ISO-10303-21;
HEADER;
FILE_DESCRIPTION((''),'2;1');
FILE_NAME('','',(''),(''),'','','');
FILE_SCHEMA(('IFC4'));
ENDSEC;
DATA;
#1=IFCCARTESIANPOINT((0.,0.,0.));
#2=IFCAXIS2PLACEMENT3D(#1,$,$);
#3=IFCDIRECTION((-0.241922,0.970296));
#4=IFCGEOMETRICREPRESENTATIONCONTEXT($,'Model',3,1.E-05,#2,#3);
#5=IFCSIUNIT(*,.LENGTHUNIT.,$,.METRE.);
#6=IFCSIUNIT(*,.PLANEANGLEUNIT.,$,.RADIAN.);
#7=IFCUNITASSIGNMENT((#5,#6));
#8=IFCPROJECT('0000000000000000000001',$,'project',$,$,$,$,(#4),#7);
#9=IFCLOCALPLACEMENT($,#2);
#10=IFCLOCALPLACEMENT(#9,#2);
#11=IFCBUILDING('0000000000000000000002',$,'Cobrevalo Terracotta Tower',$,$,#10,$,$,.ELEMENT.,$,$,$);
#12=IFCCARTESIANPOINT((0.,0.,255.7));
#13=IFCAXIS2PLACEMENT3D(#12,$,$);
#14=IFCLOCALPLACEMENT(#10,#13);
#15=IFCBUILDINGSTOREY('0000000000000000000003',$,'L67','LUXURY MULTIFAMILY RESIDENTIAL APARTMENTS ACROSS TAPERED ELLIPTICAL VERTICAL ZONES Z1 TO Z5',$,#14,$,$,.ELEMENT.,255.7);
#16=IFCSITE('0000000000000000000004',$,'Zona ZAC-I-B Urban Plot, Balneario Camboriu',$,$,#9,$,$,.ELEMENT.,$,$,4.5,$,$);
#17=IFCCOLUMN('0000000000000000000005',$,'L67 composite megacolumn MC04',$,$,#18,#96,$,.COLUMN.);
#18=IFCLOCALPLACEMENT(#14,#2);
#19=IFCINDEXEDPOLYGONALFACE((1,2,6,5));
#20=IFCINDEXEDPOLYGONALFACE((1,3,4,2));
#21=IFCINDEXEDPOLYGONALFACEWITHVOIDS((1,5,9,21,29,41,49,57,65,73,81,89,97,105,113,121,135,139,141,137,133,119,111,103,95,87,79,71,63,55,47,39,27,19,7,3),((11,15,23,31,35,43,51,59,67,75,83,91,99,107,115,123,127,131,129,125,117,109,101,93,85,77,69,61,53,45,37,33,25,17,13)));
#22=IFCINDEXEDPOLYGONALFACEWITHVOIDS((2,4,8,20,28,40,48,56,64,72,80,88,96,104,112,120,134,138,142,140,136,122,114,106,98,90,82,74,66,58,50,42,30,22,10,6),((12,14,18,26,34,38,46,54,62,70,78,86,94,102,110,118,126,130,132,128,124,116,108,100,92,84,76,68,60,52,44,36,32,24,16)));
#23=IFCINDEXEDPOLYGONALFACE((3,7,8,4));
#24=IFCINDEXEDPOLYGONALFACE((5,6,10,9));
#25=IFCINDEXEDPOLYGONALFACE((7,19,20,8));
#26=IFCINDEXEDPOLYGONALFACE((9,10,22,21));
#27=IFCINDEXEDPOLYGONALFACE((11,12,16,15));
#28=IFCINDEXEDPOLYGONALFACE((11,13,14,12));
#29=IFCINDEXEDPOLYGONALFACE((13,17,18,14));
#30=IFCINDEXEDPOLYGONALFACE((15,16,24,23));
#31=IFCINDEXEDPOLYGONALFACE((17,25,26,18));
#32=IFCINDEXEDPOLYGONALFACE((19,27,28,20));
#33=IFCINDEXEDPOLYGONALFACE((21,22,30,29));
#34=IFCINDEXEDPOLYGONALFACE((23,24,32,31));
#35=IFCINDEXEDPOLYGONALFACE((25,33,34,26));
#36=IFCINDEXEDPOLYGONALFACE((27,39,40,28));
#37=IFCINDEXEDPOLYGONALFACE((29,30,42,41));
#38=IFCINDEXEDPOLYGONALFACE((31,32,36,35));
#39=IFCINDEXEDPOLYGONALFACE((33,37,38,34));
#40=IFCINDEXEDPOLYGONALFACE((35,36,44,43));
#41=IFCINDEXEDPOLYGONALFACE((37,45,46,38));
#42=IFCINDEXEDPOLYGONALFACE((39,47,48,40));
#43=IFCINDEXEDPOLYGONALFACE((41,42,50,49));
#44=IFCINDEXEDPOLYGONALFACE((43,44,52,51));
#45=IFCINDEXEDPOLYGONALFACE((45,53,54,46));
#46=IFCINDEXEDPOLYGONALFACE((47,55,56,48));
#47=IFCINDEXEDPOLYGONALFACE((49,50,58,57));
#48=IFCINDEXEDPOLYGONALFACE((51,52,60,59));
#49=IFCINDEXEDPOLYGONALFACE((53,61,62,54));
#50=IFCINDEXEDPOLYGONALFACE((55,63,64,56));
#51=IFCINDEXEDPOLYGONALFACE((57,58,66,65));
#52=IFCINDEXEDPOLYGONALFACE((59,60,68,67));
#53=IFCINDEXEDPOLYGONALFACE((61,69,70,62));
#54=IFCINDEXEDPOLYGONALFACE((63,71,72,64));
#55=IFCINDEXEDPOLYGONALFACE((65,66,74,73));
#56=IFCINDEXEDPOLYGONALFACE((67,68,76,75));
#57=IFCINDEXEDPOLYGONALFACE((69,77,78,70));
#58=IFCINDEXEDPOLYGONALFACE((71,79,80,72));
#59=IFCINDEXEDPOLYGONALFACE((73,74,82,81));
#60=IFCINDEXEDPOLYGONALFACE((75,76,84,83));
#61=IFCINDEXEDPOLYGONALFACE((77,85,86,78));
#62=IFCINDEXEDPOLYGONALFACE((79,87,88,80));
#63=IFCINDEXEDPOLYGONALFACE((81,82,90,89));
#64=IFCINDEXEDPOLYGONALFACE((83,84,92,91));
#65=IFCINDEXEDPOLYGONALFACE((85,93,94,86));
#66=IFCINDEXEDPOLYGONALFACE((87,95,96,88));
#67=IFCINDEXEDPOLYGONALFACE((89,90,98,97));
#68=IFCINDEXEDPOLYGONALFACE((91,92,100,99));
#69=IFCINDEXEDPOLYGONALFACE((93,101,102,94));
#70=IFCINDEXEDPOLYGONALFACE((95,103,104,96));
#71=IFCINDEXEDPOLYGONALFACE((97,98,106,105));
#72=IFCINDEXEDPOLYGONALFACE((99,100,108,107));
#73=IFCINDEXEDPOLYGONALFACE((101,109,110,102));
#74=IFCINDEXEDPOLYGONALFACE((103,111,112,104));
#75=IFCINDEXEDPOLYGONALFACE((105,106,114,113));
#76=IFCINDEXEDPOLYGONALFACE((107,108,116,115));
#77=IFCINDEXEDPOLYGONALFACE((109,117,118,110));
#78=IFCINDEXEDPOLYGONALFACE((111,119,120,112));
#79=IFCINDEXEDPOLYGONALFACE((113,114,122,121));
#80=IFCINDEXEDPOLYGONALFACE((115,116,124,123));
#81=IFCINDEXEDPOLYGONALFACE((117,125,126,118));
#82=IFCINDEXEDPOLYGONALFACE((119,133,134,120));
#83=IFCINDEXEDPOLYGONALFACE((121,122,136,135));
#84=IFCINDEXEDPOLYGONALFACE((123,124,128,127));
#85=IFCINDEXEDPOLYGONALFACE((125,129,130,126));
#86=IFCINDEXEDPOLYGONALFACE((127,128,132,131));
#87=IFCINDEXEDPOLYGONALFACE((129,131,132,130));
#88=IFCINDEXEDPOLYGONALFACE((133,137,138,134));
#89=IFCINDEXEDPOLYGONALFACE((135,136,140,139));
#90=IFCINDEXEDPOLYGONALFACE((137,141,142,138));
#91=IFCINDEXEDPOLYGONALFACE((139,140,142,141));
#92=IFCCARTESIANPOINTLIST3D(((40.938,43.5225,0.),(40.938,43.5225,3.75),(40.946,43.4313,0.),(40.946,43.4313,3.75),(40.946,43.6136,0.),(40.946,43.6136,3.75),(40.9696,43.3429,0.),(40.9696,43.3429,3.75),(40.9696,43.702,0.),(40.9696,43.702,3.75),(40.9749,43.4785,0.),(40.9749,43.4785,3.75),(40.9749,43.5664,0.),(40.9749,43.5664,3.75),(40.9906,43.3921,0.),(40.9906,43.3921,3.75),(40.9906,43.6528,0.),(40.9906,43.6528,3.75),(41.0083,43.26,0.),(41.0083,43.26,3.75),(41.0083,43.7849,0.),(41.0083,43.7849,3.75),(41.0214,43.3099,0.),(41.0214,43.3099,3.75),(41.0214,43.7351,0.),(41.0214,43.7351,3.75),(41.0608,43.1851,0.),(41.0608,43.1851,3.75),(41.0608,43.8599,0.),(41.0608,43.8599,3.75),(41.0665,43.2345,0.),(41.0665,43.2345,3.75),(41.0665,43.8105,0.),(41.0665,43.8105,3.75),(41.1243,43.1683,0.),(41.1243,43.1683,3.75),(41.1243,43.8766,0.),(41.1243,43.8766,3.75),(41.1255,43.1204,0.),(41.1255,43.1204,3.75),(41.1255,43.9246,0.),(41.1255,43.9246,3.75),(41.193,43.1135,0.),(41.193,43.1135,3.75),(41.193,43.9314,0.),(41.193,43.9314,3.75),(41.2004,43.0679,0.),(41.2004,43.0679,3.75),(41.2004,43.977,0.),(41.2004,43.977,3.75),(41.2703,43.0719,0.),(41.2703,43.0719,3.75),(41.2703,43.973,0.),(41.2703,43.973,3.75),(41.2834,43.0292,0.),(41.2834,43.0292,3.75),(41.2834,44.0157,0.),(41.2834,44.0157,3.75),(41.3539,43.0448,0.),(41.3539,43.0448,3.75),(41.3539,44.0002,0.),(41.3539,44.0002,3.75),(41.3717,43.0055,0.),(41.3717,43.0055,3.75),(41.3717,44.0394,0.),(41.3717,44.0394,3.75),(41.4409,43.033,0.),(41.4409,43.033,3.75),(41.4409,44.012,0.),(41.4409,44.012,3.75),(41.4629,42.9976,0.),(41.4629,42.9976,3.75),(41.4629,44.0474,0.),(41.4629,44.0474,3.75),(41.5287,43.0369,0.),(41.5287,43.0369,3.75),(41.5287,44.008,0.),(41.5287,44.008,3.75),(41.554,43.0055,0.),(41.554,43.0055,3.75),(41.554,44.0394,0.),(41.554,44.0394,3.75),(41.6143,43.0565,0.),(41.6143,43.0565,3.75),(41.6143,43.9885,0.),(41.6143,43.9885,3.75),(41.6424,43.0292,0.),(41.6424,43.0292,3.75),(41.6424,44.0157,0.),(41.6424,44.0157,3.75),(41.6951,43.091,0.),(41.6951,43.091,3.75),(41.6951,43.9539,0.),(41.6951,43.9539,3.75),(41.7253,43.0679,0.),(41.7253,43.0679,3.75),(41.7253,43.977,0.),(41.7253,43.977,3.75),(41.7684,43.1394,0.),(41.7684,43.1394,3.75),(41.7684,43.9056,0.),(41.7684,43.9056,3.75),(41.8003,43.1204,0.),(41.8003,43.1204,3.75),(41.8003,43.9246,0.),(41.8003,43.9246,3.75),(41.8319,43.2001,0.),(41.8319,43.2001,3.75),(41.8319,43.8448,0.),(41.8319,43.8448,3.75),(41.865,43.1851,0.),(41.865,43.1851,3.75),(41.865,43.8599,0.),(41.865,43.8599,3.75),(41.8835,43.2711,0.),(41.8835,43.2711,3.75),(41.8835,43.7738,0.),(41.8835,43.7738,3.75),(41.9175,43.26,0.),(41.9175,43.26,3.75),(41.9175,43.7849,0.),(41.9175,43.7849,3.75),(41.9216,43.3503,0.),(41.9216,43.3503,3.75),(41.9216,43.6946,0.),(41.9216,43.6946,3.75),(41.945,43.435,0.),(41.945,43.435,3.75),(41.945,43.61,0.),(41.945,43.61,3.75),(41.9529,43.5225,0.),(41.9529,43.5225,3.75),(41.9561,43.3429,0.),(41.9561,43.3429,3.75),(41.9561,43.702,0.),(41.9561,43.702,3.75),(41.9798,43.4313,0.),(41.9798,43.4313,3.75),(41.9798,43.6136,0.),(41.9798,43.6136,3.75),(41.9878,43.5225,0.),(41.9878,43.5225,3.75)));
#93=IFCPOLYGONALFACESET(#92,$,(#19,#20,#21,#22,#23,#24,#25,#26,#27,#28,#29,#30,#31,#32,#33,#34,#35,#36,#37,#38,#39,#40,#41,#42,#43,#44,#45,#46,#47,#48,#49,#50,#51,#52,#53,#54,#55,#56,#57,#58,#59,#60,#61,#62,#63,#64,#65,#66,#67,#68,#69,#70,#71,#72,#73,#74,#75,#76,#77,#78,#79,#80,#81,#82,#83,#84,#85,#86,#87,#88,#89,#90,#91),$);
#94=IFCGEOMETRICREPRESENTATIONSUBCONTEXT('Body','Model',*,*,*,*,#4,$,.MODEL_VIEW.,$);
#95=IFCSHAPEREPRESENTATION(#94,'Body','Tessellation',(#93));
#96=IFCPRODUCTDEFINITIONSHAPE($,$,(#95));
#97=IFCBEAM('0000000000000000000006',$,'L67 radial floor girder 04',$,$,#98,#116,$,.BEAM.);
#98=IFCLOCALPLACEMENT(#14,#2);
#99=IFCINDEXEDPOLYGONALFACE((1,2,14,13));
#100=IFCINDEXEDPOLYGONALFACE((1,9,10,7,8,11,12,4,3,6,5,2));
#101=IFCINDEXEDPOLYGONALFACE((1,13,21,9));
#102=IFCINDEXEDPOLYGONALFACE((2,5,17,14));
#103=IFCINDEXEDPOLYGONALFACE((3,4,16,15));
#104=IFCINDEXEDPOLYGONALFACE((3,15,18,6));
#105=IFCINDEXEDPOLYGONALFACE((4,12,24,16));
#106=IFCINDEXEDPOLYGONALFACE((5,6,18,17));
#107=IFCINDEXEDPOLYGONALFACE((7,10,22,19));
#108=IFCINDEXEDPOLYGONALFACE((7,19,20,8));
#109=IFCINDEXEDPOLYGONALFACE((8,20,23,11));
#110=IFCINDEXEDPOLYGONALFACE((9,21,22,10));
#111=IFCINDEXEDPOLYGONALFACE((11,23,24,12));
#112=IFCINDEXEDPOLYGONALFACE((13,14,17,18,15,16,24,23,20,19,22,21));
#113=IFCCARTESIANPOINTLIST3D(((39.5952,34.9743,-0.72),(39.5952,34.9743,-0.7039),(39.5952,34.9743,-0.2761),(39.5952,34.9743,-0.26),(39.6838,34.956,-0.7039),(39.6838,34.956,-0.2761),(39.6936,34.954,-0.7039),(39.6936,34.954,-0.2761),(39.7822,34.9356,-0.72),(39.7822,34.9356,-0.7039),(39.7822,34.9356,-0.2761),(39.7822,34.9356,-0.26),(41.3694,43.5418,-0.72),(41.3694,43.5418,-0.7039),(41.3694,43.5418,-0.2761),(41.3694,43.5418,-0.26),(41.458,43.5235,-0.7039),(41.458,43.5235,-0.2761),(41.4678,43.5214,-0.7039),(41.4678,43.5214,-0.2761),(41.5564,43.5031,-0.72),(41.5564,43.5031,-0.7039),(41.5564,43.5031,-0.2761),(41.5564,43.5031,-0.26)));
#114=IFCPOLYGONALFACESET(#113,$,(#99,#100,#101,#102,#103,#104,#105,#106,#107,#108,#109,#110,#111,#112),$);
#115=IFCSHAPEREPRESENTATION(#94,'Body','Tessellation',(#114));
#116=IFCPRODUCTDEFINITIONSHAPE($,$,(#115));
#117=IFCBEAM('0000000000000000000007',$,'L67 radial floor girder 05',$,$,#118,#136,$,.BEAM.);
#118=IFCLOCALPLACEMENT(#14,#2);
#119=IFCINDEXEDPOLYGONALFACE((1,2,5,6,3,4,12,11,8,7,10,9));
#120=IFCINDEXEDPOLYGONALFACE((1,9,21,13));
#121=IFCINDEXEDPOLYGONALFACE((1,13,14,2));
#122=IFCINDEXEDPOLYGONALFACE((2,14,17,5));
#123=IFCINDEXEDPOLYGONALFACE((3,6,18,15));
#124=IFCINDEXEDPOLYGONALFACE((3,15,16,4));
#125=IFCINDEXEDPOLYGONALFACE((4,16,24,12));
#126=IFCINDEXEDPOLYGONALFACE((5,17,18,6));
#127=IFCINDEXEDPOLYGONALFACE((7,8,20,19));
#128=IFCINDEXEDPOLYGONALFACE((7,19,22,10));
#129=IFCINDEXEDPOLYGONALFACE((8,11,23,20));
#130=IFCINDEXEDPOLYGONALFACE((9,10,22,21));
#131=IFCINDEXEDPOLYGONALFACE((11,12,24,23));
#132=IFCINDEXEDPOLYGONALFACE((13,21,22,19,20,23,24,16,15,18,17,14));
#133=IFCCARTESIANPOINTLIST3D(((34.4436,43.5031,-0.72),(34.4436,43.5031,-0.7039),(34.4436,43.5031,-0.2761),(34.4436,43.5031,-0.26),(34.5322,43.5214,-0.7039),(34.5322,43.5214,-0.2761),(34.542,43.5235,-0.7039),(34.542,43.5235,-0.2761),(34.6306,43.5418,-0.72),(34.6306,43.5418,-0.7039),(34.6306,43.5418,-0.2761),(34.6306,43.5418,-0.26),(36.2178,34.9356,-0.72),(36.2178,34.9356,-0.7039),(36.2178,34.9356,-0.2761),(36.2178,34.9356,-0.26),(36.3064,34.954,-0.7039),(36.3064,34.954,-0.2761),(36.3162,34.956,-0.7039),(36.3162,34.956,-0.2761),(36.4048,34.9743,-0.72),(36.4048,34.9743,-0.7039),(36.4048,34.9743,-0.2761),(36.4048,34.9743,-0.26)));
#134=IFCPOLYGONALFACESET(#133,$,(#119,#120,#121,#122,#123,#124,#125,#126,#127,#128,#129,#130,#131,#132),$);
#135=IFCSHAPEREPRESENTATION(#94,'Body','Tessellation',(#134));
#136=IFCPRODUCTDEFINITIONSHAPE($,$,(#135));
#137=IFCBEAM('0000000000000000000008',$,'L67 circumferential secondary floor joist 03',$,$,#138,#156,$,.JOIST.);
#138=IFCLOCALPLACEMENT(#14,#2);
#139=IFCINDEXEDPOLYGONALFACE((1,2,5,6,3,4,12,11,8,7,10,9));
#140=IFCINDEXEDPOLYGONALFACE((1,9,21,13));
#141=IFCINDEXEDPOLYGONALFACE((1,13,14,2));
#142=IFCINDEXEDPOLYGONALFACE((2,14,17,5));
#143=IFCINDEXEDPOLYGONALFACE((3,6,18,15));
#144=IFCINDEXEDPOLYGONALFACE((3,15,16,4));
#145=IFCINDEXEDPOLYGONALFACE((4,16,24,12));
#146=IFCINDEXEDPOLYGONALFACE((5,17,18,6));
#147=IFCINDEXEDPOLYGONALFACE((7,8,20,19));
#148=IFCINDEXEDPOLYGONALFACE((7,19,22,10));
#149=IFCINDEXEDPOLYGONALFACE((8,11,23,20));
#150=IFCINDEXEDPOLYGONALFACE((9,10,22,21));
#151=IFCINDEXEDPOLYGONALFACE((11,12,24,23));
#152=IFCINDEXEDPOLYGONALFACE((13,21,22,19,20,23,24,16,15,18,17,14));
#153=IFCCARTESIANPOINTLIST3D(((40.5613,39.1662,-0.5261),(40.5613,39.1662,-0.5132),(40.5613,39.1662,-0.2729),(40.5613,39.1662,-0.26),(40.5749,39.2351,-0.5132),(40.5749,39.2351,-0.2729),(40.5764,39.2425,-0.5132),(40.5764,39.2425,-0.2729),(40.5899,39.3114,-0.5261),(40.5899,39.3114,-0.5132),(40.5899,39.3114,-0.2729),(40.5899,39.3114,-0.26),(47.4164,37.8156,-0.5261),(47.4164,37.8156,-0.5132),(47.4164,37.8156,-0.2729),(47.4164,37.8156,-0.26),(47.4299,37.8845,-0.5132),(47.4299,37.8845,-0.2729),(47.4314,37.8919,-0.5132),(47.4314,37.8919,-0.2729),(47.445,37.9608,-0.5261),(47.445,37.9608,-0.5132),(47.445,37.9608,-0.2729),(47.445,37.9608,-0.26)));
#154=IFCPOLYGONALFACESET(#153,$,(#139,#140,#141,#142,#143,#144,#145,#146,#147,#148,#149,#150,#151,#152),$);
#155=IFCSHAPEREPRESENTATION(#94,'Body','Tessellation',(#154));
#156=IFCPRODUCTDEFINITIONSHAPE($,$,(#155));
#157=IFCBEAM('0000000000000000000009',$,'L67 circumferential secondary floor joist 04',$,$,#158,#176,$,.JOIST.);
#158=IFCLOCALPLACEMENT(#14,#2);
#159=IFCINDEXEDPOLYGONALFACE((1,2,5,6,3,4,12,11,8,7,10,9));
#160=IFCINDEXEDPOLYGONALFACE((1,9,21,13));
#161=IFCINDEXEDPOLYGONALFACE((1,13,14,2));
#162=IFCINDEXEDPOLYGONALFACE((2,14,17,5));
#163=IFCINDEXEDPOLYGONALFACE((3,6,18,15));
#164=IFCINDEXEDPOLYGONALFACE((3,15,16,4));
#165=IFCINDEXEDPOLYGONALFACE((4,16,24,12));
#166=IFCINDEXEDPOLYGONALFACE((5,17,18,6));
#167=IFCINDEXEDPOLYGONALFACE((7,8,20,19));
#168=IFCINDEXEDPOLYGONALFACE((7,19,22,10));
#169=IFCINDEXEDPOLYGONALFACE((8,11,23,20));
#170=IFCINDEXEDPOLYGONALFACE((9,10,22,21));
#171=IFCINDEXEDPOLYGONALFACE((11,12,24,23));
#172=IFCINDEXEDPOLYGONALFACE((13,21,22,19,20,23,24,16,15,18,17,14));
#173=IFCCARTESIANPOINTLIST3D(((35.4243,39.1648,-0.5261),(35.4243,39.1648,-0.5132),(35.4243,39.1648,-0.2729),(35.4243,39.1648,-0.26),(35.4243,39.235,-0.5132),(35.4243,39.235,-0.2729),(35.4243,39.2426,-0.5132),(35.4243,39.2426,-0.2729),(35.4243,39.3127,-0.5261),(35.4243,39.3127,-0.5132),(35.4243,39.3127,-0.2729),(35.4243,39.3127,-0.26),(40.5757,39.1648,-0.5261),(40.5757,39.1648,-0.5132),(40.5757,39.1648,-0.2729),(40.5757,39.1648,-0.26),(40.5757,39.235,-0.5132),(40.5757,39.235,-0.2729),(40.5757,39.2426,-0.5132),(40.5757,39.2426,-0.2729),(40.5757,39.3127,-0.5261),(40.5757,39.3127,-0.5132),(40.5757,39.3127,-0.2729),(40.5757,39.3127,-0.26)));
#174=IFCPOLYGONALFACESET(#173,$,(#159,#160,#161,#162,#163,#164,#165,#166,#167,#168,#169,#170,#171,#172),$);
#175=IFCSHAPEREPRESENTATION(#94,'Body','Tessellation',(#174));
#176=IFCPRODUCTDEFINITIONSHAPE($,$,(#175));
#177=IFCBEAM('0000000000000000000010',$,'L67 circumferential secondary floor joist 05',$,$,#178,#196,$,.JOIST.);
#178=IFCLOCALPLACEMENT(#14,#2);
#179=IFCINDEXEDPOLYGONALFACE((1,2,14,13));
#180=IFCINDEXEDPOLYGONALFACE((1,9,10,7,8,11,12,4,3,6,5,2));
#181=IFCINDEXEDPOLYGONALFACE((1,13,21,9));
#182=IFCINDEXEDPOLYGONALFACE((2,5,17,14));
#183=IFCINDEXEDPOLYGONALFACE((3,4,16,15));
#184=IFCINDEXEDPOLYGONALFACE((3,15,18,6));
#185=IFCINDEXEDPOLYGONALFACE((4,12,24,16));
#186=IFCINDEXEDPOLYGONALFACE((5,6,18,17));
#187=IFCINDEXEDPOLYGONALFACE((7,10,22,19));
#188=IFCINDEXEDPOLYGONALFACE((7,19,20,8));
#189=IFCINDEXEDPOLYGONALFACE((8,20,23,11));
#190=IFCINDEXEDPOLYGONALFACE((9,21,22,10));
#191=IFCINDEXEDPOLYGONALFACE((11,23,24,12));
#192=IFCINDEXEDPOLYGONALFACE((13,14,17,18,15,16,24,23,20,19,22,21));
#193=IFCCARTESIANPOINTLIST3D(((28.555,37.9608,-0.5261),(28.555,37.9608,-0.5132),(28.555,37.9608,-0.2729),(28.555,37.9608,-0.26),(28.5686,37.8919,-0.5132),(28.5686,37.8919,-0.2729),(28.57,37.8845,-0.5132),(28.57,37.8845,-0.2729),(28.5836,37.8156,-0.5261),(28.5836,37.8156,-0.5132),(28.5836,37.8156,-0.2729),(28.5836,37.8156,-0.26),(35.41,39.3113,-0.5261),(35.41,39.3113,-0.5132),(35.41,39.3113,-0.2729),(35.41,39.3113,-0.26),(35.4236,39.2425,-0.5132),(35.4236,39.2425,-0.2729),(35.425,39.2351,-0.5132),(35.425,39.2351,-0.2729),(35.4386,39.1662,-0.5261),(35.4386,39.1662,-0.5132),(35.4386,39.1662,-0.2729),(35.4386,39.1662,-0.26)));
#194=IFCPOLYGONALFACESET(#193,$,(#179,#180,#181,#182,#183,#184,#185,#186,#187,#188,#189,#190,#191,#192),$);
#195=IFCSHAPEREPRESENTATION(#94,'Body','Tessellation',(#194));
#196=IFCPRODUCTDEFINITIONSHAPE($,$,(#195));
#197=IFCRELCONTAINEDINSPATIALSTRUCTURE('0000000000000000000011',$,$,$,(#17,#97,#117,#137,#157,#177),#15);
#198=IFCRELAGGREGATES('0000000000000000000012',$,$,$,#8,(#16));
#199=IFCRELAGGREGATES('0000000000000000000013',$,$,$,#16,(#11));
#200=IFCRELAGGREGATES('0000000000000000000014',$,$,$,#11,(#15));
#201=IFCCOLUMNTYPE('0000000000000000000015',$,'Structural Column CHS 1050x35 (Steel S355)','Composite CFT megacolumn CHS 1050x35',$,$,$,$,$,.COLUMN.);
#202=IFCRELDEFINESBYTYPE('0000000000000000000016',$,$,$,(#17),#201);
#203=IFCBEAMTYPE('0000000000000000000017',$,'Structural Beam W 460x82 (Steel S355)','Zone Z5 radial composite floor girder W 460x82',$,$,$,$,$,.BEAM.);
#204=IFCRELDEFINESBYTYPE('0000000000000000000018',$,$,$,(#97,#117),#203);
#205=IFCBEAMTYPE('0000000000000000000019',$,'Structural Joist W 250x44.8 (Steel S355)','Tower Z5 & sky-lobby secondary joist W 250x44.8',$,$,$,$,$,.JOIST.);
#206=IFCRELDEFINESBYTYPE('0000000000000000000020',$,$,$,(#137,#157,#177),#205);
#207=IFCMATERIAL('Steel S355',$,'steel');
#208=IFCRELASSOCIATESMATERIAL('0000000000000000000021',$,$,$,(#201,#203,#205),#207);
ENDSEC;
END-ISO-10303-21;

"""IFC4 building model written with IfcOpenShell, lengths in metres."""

from ifc_helpers import new_model, si_unit, direction, frame, origin, origin_2d, place, context, subcontext, project, spatial, hollow_circle, i_section, extrude, material, material_profile, profile_set, type_object, element, save


model = new_model("IFC4")

# Units and contexts
model_context = context("Model", 3, precision=1e-05, world=origin(), true_north=direction((-0.241922, 0.970296)))
body_context = subcontext(model_context, "Body", "Model", "MODEL_VIEW")
ifc_project = project(units=[si_unit("LENGTHUNIT", "METRE"), si_unit("PLANEANGLEUNIT", "RADIAN")], contexts=[model_context])

# Site, building, storey
site_placement = place(None, origin())
site = spatial("IfcSite", under=ifc_project, at=site_placement, Name="Zona ZAC-I-B Urban Plot, Balneario Camboriu", CompositionType="ELEMENT", RefElevation=4.5)
building_placement = place(site_placement, origin())
building = spatial("IfcBuilding", under=site, at=building_placement, Name="Cobrevalo Terracotta Tower", CompositionType="ELEMENT")
storey_placement = place(building_placement, frame((0.0, 0.0, 255.7)))
storey = spatial("IfcBuildingStorey", under=building, at=storey_placement, Name="L67", Description="LUXURY MULTIFAMILY RESIDENTIAL APARTMENTS ACROSS TAPERED ELLIPTICAL VERTICAL ZONES Z1 TO Z5", CompositionType="ELEMENT", Elevation=255.7)

# Column
ifc_material_1 = material(Name="Steel S355", Category="steel")
ifc_material_profile_1 = material_profile(ifc_material_1, hollow_circle(Radius=0.5249, WallThickness=0.0349, at=origin_2d()), Name="CHS 1050x35")
ifc_profile_set_1 = profile_set([ifc_material_profile_1], Name="Steel S355")
column_type = type_object("IfcColumnType", Name="Structural Column CHS 1050x35 (Steel S355)", Description="Composite CFT megacolumn CHS 1050x35", PredefinedType="COLUMN", material=ifc_profile_set_1)
column_placement = place(storey_placement, frame((41.4629, 43.5225, 0.0), z_axis=(0.0, 0.0, 1.0), x_axis=(1.0, 0.0, 0.0)))
element("IfcColumn", 1, at=column_placement, inside=storey, type_object=column_type, Name="L67 composite megacolumn MC04", PredefinedType="COLUMN", context=body_context, shape_type="SweptSolid", body=[
    extrude(hollow_circle(Radius=0.5249, WallThickness=0.0349, at=origin_2d()), origin(), (0.0, 0.0, 1.0), 3.75),
])

# Beams
ifc_material_profile_2 = material_profile(ifc_material_1, i_section(OverallWidth=0.1909, OverallDepth=0.46, WebThickness=0.01, FlangeThickness=0.0161, at=origin_2d()), Name="W 460x82")
ifc_profile_set_2 = profile_set([ifc_material_profile_2], Name="Steel S355")
beam_type_1 = type_object("IfcBeamType", Name="Structural Beam W 460x82 (Steel S355)", Description="Zone Z5 radial composite floor girder W 460x82", PredefinedType="BEAM", material=ifc_profile_set_2)
for number, where, z_axis, x_axis, name in (
    (2, (41.4629, 43.5225, -0.49), (-0.202782, -0.979224, 0.0), (0.979224, -0.202782, 0.0), "L67 radial floor girder 04"),
    (3, (34.5371, 43.5225, -0.49), (0.202782, -0.979224, 0.0), (0.979224, 0.202782, 0.0), "L67 radial floor girder 05"),
):
    element("IfcBeam", number, at=place(storey_placement, frame(where, z_axis=z_axis, x_axis=x_axis)), inside=storey, type_object=beam_type_1, Name=name, PredefinedType="BEAM", context=body_context, shape_type="SweptSolid", body=[
        extrude(i_section(OverallWidth=0.1909, OverallDepth=0.46, WebThickness=0.01, FlangeThickness=0.0161, at=origin_2d()), origin(), (0.0, 0.0, 1.0), 8.7493),
    ])
ifc_material_profile_3 = material_profile(ifc_material_1, i_section(OverallWidth=0.1479, OverallDepth=0.2661, WebThickness=0.0076, FlangeThickness=0.0129, at=origin_2d()), Name="W 250x44.8")
ifc_profile_set_3 = profile_set([ifc_material_profile_3], Name="Steel S355")
beam_type_2 = type_object("IfcBeamType", Name="Structural Joist W 250x44.8 (Steel S355)", Description="Tower Z5 & sky-lobby secondary joist W 250x44.8", PredefinedType="JOIST", material=ifc_profile_set_3)
beam_1_placement = place(storey_placement, frame((47.4307, 37.8882, -0.3931), z_axis=(-0.981138, 0.193306, 0.0), x_axis=(-0.193306, -0.981138, 0.0)))
element("IfcBeam", 4, at=beam_1_placement, inside=storey, type_object=beam_type_2, Name="L67 circumferential secondary floor joist 03", PredefinedType="JOIST", context=body_context, shape_type="SweptSolid", body=[
    extrude(i_section(OverallWidth=0.1479, OverallDepth=0.2661, WebThickness=0.0076, FlangeThickness=0.0129, at=origin_2d()), origin(), (0.0, 0.0, 1.0), 6.9868),
])
beam_2_placement = place(storey_placement, frame((40.5757, 39.2388, -0.3931), z_axis=(-1.0, 0.0, 0.0), x_axis=(0.0, -1.0, 0.0)))
element("IfcBeam", 5, at=beam_2_placement, inside=storey, type_object=beam_type_2, Name="L67 circumferential secondary floor joist 04", PredefinedType="JOIST", context=body_context, shape_type="SweptSolid", body=[
    extrude(i_section(OverallWidth=0.1479, OverallDepth=0.2661, WebThickness=0.0076, FlangeThickness=0.0129, at=origin_2d()), origin(), (0.0, 0.0, 1.0), 5.1514),
])
beam_3_placement = place(storey_placement, frame((35.4243, 39.2388, -0.3931), z_axis=(-0.981138, -0.193306, 0.0), x_axis=(0.193306, -0.981138, 0.0)))
element("IfcBeam", 6, at=beam_3_placement, inside=storey, type_object=beam_type_2, Name="L67 circumferential secondary floor joist 05", PredefinedType="JOIST", context=body_context, shape_type="SweptSolid", body=[
    extrude(i_section(OverallWidth=0.1479, OverallDepth=0.2661, WebThickness=0.0076, FlangeThickness=0.0129, at=origin_2d()), origin(), (0.0, 0.0, 1.0), 6.9868),
])

save(model, "model.ifc")
